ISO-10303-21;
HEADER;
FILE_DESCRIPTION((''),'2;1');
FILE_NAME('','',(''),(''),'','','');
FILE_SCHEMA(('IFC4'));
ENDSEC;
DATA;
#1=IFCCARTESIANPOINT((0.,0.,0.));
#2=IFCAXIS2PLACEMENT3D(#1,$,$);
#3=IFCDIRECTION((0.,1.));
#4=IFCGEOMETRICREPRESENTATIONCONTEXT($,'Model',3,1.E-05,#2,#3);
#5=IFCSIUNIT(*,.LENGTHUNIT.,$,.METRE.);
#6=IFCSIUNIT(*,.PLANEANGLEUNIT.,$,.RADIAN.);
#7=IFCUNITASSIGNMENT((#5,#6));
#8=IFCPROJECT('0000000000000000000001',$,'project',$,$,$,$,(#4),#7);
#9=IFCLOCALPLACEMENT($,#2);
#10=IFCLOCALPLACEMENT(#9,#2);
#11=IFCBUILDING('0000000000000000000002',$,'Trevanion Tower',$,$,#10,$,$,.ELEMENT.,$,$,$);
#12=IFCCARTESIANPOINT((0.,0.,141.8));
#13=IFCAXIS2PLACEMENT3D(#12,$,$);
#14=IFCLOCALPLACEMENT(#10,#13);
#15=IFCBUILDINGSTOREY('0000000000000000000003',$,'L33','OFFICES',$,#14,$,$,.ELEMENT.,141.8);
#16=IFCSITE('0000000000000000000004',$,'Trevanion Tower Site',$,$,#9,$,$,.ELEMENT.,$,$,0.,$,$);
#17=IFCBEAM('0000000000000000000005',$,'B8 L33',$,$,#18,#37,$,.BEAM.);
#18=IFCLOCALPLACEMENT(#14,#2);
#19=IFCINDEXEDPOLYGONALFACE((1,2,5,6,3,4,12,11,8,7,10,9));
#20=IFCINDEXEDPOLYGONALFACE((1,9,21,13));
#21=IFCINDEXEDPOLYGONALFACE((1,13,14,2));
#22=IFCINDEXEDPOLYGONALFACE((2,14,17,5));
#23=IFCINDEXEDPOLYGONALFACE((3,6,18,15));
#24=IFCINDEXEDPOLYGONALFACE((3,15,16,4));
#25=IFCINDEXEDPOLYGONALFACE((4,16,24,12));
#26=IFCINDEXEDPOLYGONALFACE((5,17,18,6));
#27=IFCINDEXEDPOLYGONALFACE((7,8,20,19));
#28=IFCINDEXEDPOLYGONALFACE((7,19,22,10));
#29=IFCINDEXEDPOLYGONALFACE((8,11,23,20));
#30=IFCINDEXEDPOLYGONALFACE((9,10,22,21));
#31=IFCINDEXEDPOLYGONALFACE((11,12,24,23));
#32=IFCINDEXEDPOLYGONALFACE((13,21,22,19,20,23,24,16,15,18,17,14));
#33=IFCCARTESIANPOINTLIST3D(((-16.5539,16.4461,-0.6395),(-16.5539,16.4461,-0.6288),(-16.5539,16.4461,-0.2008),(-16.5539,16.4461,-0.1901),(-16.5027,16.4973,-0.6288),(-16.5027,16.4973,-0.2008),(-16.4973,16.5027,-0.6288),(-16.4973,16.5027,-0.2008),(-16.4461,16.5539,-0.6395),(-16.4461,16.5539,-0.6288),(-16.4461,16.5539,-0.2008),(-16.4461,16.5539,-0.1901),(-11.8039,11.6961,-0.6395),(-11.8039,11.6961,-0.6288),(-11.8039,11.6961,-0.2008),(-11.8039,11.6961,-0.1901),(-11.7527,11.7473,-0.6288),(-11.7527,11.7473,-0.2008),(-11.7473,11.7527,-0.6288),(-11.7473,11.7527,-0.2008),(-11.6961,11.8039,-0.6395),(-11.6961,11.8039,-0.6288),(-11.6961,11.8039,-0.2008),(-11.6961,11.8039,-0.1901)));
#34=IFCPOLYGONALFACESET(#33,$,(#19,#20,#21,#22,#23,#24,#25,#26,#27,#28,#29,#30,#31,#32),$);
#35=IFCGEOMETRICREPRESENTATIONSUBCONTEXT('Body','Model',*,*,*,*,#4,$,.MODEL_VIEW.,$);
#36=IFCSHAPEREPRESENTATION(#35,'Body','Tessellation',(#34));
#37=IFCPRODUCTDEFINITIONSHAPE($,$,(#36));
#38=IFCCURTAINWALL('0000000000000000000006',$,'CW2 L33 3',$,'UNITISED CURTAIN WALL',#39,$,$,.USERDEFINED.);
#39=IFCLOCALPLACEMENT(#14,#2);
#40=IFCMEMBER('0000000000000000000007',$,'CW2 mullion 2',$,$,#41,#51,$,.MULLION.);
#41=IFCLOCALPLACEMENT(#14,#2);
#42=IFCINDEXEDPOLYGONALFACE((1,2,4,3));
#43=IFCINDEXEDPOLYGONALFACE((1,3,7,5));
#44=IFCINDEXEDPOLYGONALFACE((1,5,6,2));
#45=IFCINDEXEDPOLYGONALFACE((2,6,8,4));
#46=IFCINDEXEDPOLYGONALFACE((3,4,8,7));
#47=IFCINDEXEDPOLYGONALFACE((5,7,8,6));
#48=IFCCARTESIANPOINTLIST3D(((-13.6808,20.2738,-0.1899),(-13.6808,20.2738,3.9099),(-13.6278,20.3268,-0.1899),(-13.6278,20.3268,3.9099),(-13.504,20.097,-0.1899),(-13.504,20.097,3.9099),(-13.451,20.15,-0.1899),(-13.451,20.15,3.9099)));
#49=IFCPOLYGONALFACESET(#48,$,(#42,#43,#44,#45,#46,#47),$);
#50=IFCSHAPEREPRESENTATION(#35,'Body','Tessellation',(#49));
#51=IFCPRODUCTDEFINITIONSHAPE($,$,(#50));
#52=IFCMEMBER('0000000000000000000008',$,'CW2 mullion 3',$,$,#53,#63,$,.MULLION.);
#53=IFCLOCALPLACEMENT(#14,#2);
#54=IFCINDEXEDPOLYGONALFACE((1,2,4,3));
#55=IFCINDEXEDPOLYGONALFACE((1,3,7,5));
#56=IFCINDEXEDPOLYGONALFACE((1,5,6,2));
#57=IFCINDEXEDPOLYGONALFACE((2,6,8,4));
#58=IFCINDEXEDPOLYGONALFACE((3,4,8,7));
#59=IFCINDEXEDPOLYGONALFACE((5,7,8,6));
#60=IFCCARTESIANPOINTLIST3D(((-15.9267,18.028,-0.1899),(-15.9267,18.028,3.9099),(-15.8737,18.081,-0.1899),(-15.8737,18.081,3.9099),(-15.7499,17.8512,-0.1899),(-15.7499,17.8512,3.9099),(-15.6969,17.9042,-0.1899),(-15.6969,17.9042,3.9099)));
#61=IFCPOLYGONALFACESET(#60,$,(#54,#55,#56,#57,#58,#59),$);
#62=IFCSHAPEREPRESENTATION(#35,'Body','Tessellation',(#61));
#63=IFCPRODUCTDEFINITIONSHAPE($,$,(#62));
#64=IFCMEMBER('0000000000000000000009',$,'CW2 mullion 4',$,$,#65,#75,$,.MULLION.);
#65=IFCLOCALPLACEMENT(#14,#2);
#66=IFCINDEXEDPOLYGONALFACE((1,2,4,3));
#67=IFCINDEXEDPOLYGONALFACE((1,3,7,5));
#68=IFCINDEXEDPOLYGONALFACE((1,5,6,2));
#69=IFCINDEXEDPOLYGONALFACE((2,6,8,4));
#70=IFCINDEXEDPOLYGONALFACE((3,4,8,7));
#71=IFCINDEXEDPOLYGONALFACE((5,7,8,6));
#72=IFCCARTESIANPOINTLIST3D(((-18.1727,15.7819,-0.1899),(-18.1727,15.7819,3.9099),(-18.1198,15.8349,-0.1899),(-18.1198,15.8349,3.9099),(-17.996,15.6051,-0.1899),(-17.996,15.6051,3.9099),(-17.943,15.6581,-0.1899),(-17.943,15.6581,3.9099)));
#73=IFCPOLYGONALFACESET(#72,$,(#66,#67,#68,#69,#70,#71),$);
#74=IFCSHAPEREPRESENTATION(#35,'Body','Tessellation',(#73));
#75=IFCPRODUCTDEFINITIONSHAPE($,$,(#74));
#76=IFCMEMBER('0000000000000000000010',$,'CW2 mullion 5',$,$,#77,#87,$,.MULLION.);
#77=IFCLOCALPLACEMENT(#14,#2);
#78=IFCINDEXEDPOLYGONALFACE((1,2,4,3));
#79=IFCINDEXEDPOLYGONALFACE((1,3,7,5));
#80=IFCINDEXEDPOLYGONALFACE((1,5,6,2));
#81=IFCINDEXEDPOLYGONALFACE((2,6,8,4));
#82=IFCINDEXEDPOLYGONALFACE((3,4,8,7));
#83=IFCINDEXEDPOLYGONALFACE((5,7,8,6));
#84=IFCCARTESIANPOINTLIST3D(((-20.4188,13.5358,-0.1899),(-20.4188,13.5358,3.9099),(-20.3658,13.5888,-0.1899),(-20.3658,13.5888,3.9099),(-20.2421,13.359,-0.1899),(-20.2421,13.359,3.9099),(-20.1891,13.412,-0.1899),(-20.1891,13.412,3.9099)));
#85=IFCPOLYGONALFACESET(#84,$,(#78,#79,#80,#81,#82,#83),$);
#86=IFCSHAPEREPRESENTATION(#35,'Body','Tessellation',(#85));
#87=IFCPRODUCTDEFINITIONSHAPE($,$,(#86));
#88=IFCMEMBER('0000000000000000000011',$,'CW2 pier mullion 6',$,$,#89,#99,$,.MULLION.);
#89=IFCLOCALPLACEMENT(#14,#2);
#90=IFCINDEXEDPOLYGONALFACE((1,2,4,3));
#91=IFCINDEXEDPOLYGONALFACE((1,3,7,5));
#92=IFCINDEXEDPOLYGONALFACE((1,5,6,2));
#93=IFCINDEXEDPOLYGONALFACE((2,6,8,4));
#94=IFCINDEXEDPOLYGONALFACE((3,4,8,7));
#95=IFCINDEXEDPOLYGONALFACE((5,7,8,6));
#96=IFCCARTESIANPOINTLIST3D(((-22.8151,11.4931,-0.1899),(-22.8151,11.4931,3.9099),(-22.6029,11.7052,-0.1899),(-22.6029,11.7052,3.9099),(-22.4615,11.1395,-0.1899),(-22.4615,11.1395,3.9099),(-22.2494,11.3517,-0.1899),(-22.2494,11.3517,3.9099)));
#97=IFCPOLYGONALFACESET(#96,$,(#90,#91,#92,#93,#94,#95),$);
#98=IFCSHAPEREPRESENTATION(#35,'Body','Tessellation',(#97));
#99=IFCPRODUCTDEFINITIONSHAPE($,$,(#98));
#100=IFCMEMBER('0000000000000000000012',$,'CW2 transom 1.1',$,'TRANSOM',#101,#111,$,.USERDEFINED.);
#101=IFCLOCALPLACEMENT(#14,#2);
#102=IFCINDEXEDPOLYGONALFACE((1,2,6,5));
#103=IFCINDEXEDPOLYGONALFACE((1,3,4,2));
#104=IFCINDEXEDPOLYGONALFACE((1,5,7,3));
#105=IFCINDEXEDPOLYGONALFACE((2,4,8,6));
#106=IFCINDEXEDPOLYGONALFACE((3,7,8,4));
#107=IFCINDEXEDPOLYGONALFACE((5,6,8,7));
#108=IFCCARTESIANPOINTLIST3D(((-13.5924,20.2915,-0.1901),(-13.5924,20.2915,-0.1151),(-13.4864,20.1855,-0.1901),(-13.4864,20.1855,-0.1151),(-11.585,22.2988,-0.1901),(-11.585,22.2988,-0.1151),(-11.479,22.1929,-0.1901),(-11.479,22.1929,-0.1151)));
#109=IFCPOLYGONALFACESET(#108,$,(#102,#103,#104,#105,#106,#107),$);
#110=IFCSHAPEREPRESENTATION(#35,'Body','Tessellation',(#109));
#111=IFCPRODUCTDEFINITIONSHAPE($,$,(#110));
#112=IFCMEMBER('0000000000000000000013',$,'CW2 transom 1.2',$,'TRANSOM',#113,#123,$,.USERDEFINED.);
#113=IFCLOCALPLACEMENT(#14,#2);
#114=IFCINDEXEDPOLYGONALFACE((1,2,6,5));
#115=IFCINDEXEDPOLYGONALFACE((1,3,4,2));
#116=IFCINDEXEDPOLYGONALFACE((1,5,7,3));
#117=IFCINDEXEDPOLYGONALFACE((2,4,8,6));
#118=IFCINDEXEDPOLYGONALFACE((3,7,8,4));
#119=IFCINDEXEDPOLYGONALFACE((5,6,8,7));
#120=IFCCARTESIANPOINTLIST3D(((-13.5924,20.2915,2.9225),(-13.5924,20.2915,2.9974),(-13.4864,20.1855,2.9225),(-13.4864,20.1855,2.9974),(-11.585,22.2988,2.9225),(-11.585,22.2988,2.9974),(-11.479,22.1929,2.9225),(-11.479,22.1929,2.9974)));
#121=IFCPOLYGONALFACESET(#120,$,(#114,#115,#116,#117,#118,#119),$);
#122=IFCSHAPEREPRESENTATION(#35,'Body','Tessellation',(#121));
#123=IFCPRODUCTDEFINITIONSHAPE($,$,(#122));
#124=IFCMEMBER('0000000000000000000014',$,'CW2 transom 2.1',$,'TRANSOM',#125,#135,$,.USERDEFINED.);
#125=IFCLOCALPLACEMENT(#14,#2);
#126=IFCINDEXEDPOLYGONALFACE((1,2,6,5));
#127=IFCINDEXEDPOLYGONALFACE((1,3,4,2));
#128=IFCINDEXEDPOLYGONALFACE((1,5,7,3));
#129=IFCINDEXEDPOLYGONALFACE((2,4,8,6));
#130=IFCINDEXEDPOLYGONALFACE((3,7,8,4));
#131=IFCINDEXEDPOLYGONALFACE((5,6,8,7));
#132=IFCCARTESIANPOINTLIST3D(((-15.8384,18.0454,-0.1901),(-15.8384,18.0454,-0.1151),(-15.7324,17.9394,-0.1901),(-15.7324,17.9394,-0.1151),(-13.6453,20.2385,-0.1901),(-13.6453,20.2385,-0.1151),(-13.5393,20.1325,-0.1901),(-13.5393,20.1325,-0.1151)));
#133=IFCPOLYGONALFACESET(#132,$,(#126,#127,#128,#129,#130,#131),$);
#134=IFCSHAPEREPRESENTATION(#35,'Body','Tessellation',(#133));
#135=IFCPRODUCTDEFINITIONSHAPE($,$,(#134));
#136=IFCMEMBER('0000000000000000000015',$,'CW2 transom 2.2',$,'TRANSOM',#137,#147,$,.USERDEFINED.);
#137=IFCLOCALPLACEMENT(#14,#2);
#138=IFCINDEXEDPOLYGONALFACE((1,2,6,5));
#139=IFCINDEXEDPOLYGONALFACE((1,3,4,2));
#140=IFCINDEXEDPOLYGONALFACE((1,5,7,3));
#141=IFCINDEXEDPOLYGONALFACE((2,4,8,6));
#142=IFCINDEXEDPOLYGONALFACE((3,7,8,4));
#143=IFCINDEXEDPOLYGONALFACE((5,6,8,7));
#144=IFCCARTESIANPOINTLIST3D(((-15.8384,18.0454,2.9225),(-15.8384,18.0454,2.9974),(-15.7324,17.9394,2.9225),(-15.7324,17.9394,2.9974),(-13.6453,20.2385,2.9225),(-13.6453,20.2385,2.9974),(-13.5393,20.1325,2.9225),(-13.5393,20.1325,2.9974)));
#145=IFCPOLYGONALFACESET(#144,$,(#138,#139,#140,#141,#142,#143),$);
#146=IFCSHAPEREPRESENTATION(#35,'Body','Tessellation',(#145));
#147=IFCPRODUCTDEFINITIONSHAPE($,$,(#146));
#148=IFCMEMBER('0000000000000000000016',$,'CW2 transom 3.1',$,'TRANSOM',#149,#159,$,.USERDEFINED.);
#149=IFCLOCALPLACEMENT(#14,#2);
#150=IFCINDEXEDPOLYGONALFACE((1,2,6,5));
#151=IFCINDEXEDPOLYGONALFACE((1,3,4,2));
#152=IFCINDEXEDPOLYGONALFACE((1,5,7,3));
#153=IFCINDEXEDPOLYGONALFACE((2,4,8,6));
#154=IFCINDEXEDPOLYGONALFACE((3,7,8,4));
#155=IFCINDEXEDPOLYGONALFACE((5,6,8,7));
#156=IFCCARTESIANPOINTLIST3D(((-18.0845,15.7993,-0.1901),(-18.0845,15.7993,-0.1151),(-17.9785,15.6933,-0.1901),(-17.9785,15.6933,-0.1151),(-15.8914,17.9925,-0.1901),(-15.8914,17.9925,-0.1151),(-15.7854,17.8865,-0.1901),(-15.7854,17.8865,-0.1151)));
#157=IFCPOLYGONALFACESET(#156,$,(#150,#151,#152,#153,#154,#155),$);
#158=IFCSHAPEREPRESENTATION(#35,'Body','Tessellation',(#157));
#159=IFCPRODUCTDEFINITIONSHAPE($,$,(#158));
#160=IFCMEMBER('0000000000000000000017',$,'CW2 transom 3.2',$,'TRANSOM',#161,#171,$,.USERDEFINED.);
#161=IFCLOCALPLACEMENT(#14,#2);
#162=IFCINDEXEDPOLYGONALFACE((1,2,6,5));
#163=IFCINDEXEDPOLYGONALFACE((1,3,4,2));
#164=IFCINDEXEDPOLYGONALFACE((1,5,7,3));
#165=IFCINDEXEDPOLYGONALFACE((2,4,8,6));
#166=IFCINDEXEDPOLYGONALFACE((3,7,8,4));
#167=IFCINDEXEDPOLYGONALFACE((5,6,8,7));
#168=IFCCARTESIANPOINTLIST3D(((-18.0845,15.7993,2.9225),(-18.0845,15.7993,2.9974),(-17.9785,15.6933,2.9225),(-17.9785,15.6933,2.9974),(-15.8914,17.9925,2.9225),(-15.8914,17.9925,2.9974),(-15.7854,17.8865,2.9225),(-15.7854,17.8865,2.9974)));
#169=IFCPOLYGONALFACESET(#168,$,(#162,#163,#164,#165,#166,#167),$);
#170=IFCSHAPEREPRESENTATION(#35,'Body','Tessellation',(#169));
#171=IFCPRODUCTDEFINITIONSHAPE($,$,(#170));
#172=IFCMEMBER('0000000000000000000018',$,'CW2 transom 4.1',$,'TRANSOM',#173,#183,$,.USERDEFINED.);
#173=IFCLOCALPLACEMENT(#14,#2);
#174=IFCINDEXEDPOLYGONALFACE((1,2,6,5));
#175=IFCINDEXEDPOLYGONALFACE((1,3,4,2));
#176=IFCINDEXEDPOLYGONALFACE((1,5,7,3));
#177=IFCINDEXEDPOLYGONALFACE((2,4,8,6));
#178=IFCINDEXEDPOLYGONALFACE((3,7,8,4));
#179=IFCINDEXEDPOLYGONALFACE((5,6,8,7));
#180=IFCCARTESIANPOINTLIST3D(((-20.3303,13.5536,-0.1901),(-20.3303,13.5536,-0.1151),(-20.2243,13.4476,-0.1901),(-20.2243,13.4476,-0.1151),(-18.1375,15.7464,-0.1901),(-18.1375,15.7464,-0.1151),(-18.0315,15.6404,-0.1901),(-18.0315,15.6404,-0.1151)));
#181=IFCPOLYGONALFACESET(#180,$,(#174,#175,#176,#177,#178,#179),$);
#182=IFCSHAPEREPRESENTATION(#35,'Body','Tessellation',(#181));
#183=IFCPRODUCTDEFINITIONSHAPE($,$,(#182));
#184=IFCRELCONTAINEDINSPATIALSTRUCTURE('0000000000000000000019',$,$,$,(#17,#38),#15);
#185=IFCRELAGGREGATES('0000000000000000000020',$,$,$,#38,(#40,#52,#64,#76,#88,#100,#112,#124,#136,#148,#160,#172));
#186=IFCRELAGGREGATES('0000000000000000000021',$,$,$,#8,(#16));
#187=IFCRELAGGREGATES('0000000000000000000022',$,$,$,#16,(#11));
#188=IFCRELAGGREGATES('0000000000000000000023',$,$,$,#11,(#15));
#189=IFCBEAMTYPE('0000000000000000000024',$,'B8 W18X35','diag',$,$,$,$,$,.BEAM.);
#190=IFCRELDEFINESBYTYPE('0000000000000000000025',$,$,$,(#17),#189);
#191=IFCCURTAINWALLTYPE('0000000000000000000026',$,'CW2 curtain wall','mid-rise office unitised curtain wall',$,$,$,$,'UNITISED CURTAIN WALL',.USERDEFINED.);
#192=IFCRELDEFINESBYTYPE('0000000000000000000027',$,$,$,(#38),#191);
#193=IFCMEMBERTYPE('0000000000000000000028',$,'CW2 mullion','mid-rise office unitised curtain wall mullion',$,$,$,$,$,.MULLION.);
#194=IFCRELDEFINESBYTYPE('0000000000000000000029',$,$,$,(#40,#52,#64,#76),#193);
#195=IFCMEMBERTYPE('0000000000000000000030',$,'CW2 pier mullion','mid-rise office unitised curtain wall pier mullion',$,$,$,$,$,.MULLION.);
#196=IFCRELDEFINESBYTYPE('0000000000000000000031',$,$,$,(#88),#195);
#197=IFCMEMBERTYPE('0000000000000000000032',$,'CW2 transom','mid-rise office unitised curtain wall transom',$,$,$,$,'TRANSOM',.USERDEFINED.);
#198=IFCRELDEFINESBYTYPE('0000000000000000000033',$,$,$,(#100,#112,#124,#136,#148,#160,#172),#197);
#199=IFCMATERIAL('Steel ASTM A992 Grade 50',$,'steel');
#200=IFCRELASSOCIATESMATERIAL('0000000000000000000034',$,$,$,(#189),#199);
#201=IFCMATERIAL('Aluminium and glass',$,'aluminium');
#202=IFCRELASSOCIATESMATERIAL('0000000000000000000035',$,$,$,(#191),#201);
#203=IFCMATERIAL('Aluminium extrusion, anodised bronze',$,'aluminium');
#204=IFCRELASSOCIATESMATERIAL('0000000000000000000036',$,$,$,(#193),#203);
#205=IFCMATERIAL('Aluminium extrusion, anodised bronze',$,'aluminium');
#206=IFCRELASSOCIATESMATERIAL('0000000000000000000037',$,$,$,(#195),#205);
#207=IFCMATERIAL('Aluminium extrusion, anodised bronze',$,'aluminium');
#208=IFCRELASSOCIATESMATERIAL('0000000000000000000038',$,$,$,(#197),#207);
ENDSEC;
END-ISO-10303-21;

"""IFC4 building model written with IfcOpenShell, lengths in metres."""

from ifc_helpers import new_model, si_unit, direction, frame, origin, origin_2d, place, context, subcontext, project, spatial, rectangle, i_section, extrude, material, material_profile, profile_set, type_object, element, aggregate, save


model = new_model("IFC4")

# Units and contexts
model_context = context("Model", 3, precision=1e-05, world=origin(), true_north=direction((0.0, 1.0)))
body_context = subcontext(model_context, "Body", "Model", "MODEL_VIEW")
ifc_project = project(units=[si_unit("LENGTHUNIT", "METRE"), si_unit("PLANEANGLEUNIT", "RADIAN")], contexts=[model_context])

# Site, building, storey
site_placement = place(None, origin())
site = spatial("IfcSite", under=ifc_project, at=site_placement, Name="Trevanion Tower Site", CompositionType="ELEMENT", RefElevation=0.0)
building_placement = place(site_placement, origin())
building = spatial("IfcBuilding", under=site, at=building_placement, Name="Trevanion Tower", CompositionType="ELEMENT")
storey_placement = place(building_placement, frame((0.0, 0.0, 141.8)))
storey = spatial("IfcBuildingStorey", under=building, at=storey_placement, Name="L33", Description="OFFICES", CompositionType="ELEMENT", Elevation=141.8)

# Beam
ifc_material_1 = material(Name="Steel ASTM A992 Grade 50", Category="steel")
ifc_material_profile_1 = material_profile(ifc_material_1, i_section(OverallWidth=0.1523, OverallDepth=0.4495, WebThickness=0.0076, FlangeThickness=0.0107, at=origin_2d()), Name="W18X35")
ifc_profile_set_1 = profile_set([ifc_material_profile_1], Name="Steel ASTM A992 Grade 50")
beam_type_1 = type_object("IfcBeamType", Name="B8 W18X35", Description="diag", PredefinedType="BEAM", material=ifc_profile_set_1)
beam_1_placement = place(storey_placement, frame((-11.75, 11.75, -0.4148), z_axis=(-0.707107, 0.707107, 0.0), x_axis=(-0.707107, -0.707107, 0.0)))
element("IfcBeam", 1, at=beam_1_placement, inside=storey, type_object=beam_type_1, Name="B8 L33", PredefinedType="BEAM", context=body_context, shape_type="SweptSolid", body=[
    extrude(i_section(OverallWidth=0.1523, OverallDepth=0.4495, WebThickness=0.0076, FlangeThickness=0.0107, at=origin_2d()), origin(), (0.0, 0.0, 1.0), 6.7175),
])

# Curtain wall, members
ifc_material_2 = material(Name="Aluminium and glass", Category="aluminium")
curtain_wall_type = type_object("IfcCurtainWallType", Name="CW2 curtain wall", Description="mid-rise office unitised curtain wall", ElementType="UNITISED CURTAIN WALL", PredefinedType="USERDEFINED", material=ifc_material_2)
curtain_wall_placement = place(storey_placement, origin())
curtain_wall = element("IfcCurtainWall", 2, at=curtain_wall_placement, inside=storey, type_object=curtain_wall_type, Name="CW2 L33 3", ObjectType="UNITISED CURTAIN WALL", PredefinedType="USERDEFINED")
ifc_material_3 = material(Name="Aluminium extrusion, anodised bronze", Category="aluminium")
ifc_material_profile_2 = material_profile(ifc_material_3, rectangle(XDim=0.075, YDim=0.25, at=origin_2d()), Name="CW2 mullion")
ifc_profile_set_2 = profile_set([ifc_material_profile_2], Name="Aluminium extrusion, anodised bronze")
member_type_1 = type_object("IfcMemberType", Name="CW2 mullion", Description="mid-rise office unitised curtain wall mullion", PredefinedType="MULLION", material=ifc_profile_set_2)
member_1_placement = place(storey_placement, frame((-13.5659, 20.2119, -0.1899), z_axis=(0.0, 0.0, 1.0), x_axis=(-0.707107, -0.707107, 0.0)))
member_1 = element("IfcMember", 3, at=member_1_placement, type_object=member_type_1, Name="CW2 mullion 2", PredefinedType="MULLION", context=body_context, shape_type="SweptSolid", body=[
    extrude(rectangle(XDim=0.075, YDim=0.25, at=origin_2d()), origin(), (0.0, 0.0, 1.0), 4.0999),
])
member_2_placement = place(storey_placement, frame((-15.8118, 17.9661, -0.1899), z_axis=(0.0, 0.0, 1.0), x_axis=(-0.707107, -0.707107, 0.0)))
member_2 = element("IfcMember", 4, at=member_2_placement, type_object=member_type_1, Name="CW2 mullion 3", PredefinedType="MULLION", context=body_context, shape_type="SweptSolid", body=[
    extrude(rectangle(XDim=0.075, YDim=0.25, at=origin_2d()), origin(), (0.0, 0.0, 1.0), 4.0999),
])
member_3_placement = place(storey_placement, frame((-18.0579, 15.72, -0.1899), z_axis=(0.0, 0.0, 1.0), x_axis=(-0.707107, -0.707107, 0.0)))
member_3 = element("IfcMember", 5, at=member_3_placement, type_object=member_type_1, Name="CW2 mullion 4", PredefinedType="MULLION", context=body_context, shape_type="SweptSolid", body=[
    extrude(rectangle(XDim=0.075, YDim=0.25, at=origin_2d()), origin(), (0.0, 0.0, 1.0), 4.0999),
])
member_4_placement = place(storey_placement, frame((-20.304, 13.4739, -0.1899), z_axis=(0.0, 0.0, 1.0), x_axis=(-0.707107, -0.707107, 0.0)))
member_4 = element("IfcMember", 6, at=member_4_placement, type_object=member_type_1, Name="CW2 mullion 5", PredefinedType="MULLION", context=body_context, shape_type="SweptSolid", body=[
    extrude(rectangle(XDim=0.075, YDim=0.25, at=origin_2d()), origin(), (0.0, 0.0, 1.0), 4.0999),
])
ifc_material_4 = material(Name="Aluminium extrusion, anodised bronze", Category="aluminium")
ifc_material_profile_3 = material_profile(ifc_material_4, rectangle(XDim=0.3, YDim=0.5, at=origin_2d()), Name="CW2 pier mullion")
ifc_profile_set_3 = profile_set([ifc_material_profile_3], Name="Aluminium extrusion, anodised bronze")
member_type_2 = type_object("IfcMemberType", Name="CW2 pier mullion", Description="mid-rise office unitised curtain wall pier mullion", PredefinedType="MULLION", material=ifc_profile_set_3)
member_5_placement = place(storey_placement, frame((-22.5322, 11.4224, -0.1899), z_axis=(0.0, 0.0, 1.0), x_axis=(-0.707107, -0.707107, 0.0)))
member_5 = element("IfcMember", 7, at=member_5_placement, type_object=member_type_2, Name="CW2 pier mullion 6", PredefinedType="MULLION", context=body_context, shape_type="SweptSolid", body=[
    extrude(rectangle(XDim=0.3, YDim=0.5, at=origin_2d()), origin(), (0.0, 0.0, 1.0), 4.0999),
])
ifc_material_5 = material(Name="Aluminium extrusion, anodised bronze", Category="aluminium")
ifc_material_profile_4 = material_profile(ifc_material_5, rectangle(XDim=0.1499, YDim=0.075, at=origin_2d()), Name="CW2 transom")
ifc_profile_set_4 = profile_set([ifc_material_profile_4], Name="Aluminium extrusion, anodised bronze")
member_type_3 = type_object("IfcMemberType", Name="CW2 transom", Description="mid-rise office unitised curtain wall transom", ElementType="TRANSOM", PredefinedType="USERDEFINED", material=ifc_profile_set_4)
member_6_placement = place(storey_placement, frame((-11.532, 22.2458, -0.1526), z_axis=(-0.707107, -0.707107, 0.0), x_axis=(0.707107, -0.707107, 0.0)))
member_6 = element("IfcMember", 8, at=member_6_placement, type_object=member_type_3, Name="CW2 transom 1.1", ObjectType="TRANSOM", PredefinedType="USERDEFINED", context=body_context, shape_type="SweptSolid", body=[
    extrude(rectangle(XDim=0.1499, YDim=0.075, at=origin_2d()), origin(), (0.0, 0.0, 1.0), 2.8389),
])
member_7_placement = place(storey_placement, frame((-11.532, 22.2458, 2.96), z_axis=(-0.707107, -0.707107, 0.0), x_axis=(0.707107, -0.707107, 0.0)))
member_7 = element("IfcMember", 9, at=member_7_placement, type_object=member_type_3, Name="CW2 transom 1.2", ObjectType="TRANSOM", PredefinedType="USERDEFINED", context=body_context, shape_type="SweptSolid", body=[
    extrude(rectangle(XDim=0.1499, YDim=0.075, at=origin_2d()), origin(), (0.0, 0.0, 1.0), 2.8389),
])
member_8_placement = place(storey_placement, frame((-13.5923, 20.1855, -0.1526), z_axis=(-0.707107, -0.707107, 0.0), x_axis=(0.707107, -0.707107, 0.0)))
member_8 = element("IfcMember", 10, at=member_8_placement, type_object=member_type_3, Name="CW2 transom 2.1", ObjectType="TRANSOM", PredefinedType="USERDEFINED", context=body_context, shape_type="SweptSolid", body=[
    extrude(rectangle(XDim=0.1499, YDim=0.075, at=origin_2d()), origin(), (0.0, 0.0, 1.0), 3.1016),
])
member_9_placement = place(storey_placement, frame((-13.5923, 20.1855, 2.96), z_axis=(-0.707107, -0.707107, 0.0), x_axis=(0.707107, -0.707107, 0.0)))
member_9 = element("IfcMember", 11, at=member_9_placement, type_object=member_type_3, Name="CW2 transom 2.2", ObjectType="TRANSOM", PredefinedType="USERDEFINED", context=body_context, shape_type="SweptSolid", body=[
    extrude(rectangle(XDim=0.1499, YDim=0.075, at=origin_2d()), origin(), (0.0, 0.0, 1.0), 3.1016),
])
member_10_placement = place(storey_placement, frame((-15.8384, 17.9395, -0.1526), z_axis=(-0.707107, -0.707107, 0.0), x_axis=(0.707107, -0.707107, 0.0)))
member_10 = element("IfcMember", 12, at=member_10_placement, type_object=member_type_3, Name="CW2 transom 3.1", ObjectType="TRANSOM", PredefinedType="USERDEFINED", context=body_context, shape_type="SweptSolid", body=[
    extrude(rectangle(XDim=0.1499, YDim=0.075, at=origin_2d()), origin(), (0.0, 0.0, 1.0), 3.1016),
])
member_11_placement = place(storey_placement, frame((-15.8384, 17.9395, 2.96), z_axis=(-0.707107, -0.707107, 0.0), x_axis=(0.707107, -0.707107, 0.0)))
member_11 = element("IfcMember", 13, at=member_11_placement, type_object=member_type_3, Name="CW2 transom 3.2", ObjectType="TRANSOM", PredefinedType="USERDEFINED", context=body_context, shape_type="SweptSolid", body=[
    extrude(rectangle(XDim=0.1499, YDim=0.075, at=origin_2d()), origin(), (0.0, 0.0, 1.0), 3.1016),
])
member_12_placement = place(storey_placement, frame((-18.0845, 15.6934, -0.1526), z_axis=(-0.707107, -0.707107, 0.0), x_axis=(0.707107, -0.707107, 0.0)))
member_12 = element("IfcMember", 14, at=member_12_placement, type_object=member_type_3, Name="CW2 transom 4.1", ObjectType="TRANSOM", PredefinedType="USERDEFINED", context=body_context, shape_type="SweptSolid", body=[
    extrude(rectangle(XDim=0.1499, YDim=0.075, at=origin_2d()), origin(), (0.0, 0.0, 1.0), 3.1011),
])

aggregate(curtain_wall, [member_1, member_2, member_3, member_4, member_5, member_6, member_7, member_8, member_9, member_10, member_11, member_12])

save(model, "model.ifc")
